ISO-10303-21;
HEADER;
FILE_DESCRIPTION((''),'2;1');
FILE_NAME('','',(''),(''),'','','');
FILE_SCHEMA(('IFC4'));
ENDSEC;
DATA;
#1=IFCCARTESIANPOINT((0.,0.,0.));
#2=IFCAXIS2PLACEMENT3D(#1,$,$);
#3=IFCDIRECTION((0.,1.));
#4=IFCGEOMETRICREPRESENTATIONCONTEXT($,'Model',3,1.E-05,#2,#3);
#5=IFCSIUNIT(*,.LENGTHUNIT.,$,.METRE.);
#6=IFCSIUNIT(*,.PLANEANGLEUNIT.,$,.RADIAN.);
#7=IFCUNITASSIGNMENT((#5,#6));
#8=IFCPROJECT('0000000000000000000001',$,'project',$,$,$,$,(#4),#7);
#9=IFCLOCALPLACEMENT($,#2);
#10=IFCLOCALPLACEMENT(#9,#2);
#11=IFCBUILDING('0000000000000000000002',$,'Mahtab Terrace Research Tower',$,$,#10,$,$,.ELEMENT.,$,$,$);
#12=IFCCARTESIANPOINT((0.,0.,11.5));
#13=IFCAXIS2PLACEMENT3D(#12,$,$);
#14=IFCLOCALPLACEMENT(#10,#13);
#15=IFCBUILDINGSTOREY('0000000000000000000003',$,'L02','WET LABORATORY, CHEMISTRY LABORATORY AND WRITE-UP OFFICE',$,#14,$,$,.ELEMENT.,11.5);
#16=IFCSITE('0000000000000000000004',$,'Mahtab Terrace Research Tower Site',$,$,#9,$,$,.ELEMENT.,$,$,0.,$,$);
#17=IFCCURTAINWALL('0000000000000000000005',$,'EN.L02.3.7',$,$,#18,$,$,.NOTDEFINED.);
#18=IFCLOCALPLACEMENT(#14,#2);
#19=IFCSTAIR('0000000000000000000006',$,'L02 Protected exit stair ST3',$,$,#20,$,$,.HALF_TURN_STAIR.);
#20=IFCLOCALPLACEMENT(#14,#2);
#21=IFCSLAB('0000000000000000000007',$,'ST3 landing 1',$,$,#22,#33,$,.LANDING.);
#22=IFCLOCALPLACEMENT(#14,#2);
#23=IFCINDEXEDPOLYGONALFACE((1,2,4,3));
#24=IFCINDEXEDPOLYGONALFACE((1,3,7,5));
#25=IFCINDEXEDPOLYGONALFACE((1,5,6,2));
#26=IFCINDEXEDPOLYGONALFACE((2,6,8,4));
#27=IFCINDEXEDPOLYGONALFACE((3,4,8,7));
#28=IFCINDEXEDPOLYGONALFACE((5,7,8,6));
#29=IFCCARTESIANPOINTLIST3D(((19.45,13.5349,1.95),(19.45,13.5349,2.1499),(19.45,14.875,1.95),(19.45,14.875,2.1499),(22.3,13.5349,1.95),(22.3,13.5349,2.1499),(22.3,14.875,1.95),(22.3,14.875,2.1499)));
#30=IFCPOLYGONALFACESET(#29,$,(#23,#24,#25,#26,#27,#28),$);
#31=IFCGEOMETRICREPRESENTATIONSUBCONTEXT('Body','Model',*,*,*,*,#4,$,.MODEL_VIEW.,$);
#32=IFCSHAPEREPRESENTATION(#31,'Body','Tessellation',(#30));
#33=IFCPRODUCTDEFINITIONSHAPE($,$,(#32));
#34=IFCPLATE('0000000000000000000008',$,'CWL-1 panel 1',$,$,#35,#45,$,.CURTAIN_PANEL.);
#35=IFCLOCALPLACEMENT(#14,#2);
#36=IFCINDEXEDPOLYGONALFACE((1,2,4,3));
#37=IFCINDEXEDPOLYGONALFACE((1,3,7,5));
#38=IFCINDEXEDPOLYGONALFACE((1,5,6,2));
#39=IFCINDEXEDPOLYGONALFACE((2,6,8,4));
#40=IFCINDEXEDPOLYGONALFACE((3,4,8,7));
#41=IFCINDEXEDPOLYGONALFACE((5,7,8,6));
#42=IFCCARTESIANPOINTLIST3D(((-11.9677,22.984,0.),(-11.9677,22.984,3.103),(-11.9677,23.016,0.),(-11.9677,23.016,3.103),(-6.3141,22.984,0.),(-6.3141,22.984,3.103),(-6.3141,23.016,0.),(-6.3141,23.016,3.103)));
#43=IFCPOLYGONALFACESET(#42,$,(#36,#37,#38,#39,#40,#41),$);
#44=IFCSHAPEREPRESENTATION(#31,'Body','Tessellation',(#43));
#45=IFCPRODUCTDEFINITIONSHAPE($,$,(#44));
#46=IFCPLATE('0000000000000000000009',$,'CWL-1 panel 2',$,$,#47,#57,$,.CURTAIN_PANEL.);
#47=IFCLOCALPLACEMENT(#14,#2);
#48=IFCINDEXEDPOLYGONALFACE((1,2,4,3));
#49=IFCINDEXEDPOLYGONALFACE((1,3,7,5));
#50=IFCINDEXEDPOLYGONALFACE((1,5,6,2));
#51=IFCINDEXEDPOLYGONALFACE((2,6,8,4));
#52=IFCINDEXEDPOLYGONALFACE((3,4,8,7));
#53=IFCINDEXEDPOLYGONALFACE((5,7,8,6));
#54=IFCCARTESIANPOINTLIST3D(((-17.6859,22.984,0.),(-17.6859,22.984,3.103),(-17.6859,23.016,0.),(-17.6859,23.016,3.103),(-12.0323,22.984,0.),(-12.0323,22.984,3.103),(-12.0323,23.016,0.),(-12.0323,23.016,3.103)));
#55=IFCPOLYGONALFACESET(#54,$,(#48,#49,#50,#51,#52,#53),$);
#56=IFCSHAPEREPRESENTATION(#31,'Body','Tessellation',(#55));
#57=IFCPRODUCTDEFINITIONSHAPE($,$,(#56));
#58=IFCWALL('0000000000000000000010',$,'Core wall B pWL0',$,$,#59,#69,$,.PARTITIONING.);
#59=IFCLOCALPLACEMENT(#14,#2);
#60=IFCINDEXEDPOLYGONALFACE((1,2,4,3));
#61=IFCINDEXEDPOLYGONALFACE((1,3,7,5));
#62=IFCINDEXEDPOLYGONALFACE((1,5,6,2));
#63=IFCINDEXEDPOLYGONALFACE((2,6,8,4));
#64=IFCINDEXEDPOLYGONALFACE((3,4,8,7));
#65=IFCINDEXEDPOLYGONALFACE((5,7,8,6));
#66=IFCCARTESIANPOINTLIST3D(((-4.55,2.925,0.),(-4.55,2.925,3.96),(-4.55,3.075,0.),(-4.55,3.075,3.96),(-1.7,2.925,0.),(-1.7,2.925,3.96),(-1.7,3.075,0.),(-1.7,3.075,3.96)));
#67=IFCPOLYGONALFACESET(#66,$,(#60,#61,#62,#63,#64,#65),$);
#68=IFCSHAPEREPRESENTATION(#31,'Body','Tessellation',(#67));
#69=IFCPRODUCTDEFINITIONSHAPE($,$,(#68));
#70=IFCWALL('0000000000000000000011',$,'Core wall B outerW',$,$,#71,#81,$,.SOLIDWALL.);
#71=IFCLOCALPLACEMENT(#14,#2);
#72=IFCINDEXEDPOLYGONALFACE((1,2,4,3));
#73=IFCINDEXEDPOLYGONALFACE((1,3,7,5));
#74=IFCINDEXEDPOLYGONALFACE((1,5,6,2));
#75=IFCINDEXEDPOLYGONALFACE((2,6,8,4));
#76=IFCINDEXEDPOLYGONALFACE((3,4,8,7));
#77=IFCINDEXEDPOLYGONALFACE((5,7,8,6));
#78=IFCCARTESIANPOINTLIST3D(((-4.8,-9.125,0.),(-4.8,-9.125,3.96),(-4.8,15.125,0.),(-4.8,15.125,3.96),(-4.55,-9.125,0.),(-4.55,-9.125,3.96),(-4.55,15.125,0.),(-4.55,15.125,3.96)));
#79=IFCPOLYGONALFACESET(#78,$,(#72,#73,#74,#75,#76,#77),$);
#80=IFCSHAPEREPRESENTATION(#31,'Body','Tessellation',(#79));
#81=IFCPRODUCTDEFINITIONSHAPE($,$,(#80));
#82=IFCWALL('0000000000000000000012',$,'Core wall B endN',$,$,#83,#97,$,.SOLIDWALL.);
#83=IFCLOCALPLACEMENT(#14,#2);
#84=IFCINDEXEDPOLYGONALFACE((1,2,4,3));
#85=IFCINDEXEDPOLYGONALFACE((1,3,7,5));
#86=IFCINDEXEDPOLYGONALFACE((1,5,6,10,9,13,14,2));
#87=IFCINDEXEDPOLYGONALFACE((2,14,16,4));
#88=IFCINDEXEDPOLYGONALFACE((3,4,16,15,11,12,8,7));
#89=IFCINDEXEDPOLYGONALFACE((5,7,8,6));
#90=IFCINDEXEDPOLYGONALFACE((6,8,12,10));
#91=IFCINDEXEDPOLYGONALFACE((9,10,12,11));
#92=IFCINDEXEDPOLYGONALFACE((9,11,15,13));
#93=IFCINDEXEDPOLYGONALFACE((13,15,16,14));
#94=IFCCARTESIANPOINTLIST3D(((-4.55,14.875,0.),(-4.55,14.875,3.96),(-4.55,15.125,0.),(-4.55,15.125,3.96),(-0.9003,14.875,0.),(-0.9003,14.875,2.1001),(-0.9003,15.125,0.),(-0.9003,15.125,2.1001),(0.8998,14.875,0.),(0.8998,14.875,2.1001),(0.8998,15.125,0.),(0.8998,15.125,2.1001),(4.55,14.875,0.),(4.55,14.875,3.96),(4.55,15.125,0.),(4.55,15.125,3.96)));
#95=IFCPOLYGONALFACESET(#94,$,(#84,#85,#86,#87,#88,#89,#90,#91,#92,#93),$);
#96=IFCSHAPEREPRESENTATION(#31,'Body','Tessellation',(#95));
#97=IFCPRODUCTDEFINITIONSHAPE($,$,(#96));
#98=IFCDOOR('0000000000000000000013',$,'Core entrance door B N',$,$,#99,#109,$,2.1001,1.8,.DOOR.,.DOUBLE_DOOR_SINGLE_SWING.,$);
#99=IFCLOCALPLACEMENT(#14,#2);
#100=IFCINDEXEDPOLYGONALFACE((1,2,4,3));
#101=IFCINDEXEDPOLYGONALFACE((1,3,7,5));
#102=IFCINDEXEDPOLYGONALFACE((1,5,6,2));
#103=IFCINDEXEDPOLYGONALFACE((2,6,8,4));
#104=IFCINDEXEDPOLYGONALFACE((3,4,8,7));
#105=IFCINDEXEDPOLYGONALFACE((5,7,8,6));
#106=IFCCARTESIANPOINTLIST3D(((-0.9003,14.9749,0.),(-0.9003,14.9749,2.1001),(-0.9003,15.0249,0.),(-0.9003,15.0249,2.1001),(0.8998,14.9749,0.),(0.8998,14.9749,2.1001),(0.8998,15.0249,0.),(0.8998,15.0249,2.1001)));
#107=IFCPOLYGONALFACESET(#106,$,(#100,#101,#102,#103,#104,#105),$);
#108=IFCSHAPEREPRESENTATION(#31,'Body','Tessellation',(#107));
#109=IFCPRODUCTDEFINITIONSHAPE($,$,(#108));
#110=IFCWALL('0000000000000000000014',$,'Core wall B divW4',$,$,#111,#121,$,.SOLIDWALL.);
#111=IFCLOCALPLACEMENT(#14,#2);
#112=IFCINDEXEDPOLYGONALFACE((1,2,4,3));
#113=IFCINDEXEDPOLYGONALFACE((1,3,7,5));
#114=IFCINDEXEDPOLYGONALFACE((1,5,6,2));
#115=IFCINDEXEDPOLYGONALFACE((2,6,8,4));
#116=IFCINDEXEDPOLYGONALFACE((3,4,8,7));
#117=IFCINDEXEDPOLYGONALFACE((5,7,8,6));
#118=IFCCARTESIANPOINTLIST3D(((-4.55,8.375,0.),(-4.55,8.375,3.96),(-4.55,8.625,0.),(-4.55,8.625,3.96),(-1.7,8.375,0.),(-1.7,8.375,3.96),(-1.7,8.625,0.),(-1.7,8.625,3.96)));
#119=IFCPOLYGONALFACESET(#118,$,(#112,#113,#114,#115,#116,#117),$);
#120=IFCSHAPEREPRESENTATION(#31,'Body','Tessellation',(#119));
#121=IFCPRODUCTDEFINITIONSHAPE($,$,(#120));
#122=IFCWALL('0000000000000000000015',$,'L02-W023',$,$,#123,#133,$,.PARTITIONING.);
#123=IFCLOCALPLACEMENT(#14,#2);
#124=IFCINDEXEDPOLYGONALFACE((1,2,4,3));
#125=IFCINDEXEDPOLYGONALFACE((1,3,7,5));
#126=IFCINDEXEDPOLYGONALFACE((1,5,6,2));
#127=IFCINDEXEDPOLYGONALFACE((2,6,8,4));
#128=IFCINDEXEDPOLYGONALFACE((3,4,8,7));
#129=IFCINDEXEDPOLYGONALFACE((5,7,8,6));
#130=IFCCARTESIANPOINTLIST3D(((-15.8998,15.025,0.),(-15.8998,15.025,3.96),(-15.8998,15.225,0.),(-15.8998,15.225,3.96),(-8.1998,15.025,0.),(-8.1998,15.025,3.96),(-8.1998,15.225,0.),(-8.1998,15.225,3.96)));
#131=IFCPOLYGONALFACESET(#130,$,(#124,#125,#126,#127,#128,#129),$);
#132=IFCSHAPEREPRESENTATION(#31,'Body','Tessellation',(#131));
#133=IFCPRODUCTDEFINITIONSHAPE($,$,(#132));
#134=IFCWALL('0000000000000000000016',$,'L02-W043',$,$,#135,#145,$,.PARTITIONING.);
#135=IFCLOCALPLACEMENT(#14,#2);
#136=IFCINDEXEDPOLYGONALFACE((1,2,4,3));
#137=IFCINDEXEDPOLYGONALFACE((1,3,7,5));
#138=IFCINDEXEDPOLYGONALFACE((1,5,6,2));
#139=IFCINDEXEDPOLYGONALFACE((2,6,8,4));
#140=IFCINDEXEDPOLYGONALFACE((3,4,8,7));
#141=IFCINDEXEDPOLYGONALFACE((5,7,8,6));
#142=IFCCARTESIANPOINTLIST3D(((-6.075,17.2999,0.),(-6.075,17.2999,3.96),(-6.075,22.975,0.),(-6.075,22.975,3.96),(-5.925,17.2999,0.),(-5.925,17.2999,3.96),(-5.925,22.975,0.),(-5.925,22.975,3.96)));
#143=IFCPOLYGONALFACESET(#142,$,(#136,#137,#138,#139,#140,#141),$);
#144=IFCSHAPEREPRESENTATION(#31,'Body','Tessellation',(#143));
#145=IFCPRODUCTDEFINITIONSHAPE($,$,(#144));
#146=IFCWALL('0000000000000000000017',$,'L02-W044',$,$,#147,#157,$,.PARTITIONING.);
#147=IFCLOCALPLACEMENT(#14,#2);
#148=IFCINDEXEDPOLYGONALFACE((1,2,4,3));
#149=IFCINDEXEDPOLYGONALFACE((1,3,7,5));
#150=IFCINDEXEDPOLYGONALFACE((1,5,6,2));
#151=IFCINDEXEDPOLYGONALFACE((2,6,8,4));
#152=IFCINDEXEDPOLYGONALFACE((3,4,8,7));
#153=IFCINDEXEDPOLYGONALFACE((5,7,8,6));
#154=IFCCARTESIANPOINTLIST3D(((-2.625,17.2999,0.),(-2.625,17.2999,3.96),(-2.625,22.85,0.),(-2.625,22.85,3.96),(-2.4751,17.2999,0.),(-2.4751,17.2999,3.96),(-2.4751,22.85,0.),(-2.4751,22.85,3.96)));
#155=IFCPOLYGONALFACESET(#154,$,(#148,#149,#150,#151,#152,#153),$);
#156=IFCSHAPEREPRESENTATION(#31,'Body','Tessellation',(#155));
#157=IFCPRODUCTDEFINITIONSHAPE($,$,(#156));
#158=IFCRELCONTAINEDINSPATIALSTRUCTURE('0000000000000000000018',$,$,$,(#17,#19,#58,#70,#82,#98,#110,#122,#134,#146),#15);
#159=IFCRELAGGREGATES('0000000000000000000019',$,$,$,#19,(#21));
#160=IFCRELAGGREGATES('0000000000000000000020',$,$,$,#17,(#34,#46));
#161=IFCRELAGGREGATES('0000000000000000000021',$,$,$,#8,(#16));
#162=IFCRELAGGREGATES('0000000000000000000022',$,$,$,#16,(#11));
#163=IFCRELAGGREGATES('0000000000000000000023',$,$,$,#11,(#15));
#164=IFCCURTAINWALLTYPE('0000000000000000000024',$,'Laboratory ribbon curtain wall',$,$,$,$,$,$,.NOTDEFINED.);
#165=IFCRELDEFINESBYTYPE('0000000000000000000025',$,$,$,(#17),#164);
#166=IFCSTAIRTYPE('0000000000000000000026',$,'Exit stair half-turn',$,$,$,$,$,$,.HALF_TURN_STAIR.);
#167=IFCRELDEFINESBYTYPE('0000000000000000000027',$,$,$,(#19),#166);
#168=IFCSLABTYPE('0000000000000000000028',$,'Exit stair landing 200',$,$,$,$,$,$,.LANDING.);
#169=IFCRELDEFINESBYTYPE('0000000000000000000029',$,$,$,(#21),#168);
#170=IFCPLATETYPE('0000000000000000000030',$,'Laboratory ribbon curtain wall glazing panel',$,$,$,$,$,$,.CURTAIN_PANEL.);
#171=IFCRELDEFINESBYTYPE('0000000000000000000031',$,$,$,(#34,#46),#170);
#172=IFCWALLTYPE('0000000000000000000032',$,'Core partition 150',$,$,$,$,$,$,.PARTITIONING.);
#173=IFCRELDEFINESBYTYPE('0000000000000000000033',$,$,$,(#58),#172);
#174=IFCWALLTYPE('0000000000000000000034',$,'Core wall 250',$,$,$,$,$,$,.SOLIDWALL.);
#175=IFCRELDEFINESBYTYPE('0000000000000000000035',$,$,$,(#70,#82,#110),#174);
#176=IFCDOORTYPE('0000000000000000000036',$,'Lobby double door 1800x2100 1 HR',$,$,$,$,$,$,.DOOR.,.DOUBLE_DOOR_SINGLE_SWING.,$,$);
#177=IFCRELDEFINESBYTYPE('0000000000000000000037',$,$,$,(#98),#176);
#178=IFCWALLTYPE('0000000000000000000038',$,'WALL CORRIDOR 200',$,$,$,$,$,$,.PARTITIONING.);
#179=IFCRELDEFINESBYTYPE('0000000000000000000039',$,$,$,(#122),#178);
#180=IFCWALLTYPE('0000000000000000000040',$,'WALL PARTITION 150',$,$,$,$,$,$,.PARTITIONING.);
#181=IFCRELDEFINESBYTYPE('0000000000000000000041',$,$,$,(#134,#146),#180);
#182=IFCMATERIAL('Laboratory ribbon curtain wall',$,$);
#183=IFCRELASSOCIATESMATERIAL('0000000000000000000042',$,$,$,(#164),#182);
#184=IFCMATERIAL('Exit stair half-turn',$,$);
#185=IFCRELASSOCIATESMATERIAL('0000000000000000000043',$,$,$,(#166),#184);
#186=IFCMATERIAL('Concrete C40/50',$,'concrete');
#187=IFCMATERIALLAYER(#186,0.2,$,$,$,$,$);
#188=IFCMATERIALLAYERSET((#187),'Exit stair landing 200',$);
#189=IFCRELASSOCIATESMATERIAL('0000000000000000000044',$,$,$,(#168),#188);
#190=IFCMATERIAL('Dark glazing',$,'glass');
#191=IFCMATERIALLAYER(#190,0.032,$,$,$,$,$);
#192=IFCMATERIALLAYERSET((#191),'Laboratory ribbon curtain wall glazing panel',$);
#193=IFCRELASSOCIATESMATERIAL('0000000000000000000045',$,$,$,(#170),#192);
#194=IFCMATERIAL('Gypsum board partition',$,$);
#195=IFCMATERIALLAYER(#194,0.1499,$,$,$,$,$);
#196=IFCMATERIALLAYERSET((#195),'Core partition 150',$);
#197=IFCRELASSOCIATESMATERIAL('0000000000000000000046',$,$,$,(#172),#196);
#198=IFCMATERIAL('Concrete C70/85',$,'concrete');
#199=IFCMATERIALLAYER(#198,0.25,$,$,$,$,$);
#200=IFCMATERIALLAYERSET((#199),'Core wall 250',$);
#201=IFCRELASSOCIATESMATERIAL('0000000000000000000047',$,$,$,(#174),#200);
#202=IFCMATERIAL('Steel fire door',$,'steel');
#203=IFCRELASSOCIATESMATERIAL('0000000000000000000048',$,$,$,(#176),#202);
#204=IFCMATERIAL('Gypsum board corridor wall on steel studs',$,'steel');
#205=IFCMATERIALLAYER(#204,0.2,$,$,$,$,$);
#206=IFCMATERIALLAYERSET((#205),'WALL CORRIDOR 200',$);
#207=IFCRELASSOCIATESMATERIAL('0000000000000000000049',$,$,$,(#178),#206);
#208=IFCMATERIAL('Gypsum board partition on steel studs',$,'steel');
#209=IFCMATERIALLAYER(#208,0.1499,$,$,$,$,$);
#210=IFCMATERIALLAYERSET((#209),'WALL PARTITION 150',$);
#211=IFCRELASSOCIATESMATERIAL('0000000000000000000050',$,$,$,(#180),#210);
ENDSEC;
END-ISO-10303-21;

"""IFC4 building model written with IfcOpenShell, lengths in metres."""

from ifc_helpers import new_model, si_unit, direction, frame, frame_2d, origin, origin_2d, place, context, subcontext, project, spatial, polyline, rectangle, outline, extrude, material, layer, layer_set, type_object, element, fill, aggregate, save


model = new_model("IFC4")

# Units and contexts
model_context = context("Model", 3, precision=1e-05, world=origin(), true_north=direction((0.0, 1.0)))
body_context = subcontext(model_context, "Body", "Model", "MODEL_VIEW")
ifc_project = project(units=[si_unit("LENGTHUNIT", "METRE"), si_unit("PLANEANGLEUNIT", "RADIAN")], contexts=[model_context])

# Site, building, storey
site_placement = place(None, origin())
site = spatial("IfcSite", under=ifc_project, at=site_placement, Name="Mahtab Terrace Research Tower Site", CompositionType="ELEMENT", RefElevation=0.0)
building_placement = place(site_placement, origin())
building = spatial("IfcBuilding", under=site, at=building_placement, Name="Mahtab Terrace Research Tower", CompositionType="ELEMENT")
storey_placement = place(building_placement, frame((0.0, 0.0, 11.5)))
storey = spatial("IfcBuildingStorey", under=building, at=storey_placement, Name="L02", Description="WET LABORATORY, CHEMISTRY LABORATORY AND WRITE-UP OFFICE", CompositionType="ELEMENT", Elevation=11.5)

# Shared definitions
ifc_material_1 = material(Name="Concrete C70/85", Category="concrete")

# Curtain wall
ifc_material_2 = material(Name="Laboratory ribbon curtain wall")
curtain_wall_type = type_object("IfcCurtainWallType", Name="Laboratory ribbon curtain wall", PredefinedType="NOTDEFINED", material=ifc_material_2)
curtain_wall_placement = place(storey_placement, origin())
curtain_wall = element("IfcCurtainWall", 1, at=curtain_wall_placement, inside=storey, type_object=curtain_wall_type, Name="EN.L02.3.7", PredefinedType="NOTDEFINED")

# Stair, slab
ifc_material_3 = material(Name="Exit stair half-turn")
stair_type = type_object("IfcStairType", Name="Exit stair half-turn", PredefinedType="HALF_TURN_STAIR", material=ifc_material_3)
ifc_material_4 = material(Name="Concrete C40/50", Category="concrete")
ifc_layer_1 = layer(ifc_material_4, 0.2)
ifc_layer_set_1 = layer_set([ifc_layer_1], Name="Exit stair landing 200")
slab_type = type_object("IfcSlabType", Name="Exit stair landing 200", PredefinedType="LANDING", material=ifc_layer_set_1)
stair_1_placement = place(storey_placement, origin())
stair_1 = element("IfcStair", 2, at=stair_1_placement, inside=storey, type_object=stair_type, Name="L02 Protected exit stair ST3", PredefinedType="HALF_TURN_STAIR")
slab_1_placement = place(storey_placement, frame((0.0, 0.0, 1.95)))
slab_1 = element("IfcSlab", 3, at=slab_1_placement, type_object=slab_type, Name="ST3 landing 1", PredefinedType="LANDING", context=body_context, shape_type="SweptSolid", body=[
    extrude(outline(polyline([(22.3, 13.5349), (22.3, 14.875), (19.45, 14.875), (19.45, 13.5349), (22.3, 13.5349)])), origin(), (0.0, 0.0, 1.0), 0.2),
])
aggregate(stair_1, [slab_1])

# Plates
ifc_material_5 = material(Name="Dark glazing", Category="glass")
ifc_layer_2 = layer(ifc_material_5, 0.032)
ifc_layer_set_2 = layer_set([ifc_layer_2], Name="Laboratory ribbon curtain wall glazing panel")
plate_type = type_object("IfcPlateType", Name="Laboratory ribbon curtain wall glazing panel", PredefinedType="CURTAIN_PANEL", material=ifc_layer_set_2)
plate_1_placement = place(storey_placement, frame((-9.1409, 23.0, 0.0), z_axis=(0.0, 0.0, 1.0), x_axis=(-1.0, 0.0, 0.0)))
plate_1 = element("IfcPlate", 4, at=plate_1_placement, type_object=plate_type, Name="CWL-1 panel 1", PredefinedType="CURTAIN_PANEL", context=body_context, shape_type="SweptSolid", body=[
    extrude(rectangle(XDim=5.6536, YDim=0.032, at=origin_2d()), origin(), (0.0, 0.0, 1.0), 3.103),
])
plate_2_placement = place(storey_placement, frame((-14.8591, 23.0, 0.0), z_axis=(0.0, 0.0, 1.0), x_axis=(-1.0, 0.0, 0.0)))
plate_2 = element("IfcPlate", 5, at=plate_2_placement, type_object=plate_type, Name="CWL-1 panel 2", PredefinedType="CURTAIN_PANEL", context=body_context, shape_type="SweptSolid", body=[
    extrude(rectangle(XDim=5.6536, YDim=0.032, at=origin_2d()), origin(), (0.0, 0.0, 1.0), 3.103),
])
aggregate(curtain_wall, [plate_1, plate_2])

# Walls
ifc_material_6 = material(Name="Gypsum board partition")
ifc_layer_3 = layer(ifc_material_6, 0.1499)
ifc_layer_set_3 = layer_set([ifc_layer_3], Name="Core partition 150")
wall_type_1 = type_object("IfcWallType", Name="Core partition 150", PredefinedType="PARTITIONING", material=ifc_layer_set_3)
wall_1_placement = place(storey_placement, frame((-4.55, 3.0, 0.0), z_axis=(0.0, 0.0, 1.0), x_axis=(1.0, 0.0, 0.0)))
element("IfcWall", 6, at=wall_1_placement, inside=storey, type_object=wall_type_1, Name="Core wall B pWL0", PredefinedType="PARTITIONING", context=body_context, shape_type="SweptSolid", body=[
    extrude(rectangle(XDim=2.8501, YDim=0.1499, at=frame_2d((1.425, 0.0))), origin(), (0.0, 0.0, 1.0), 3.96),
])
ifc_layer_4 = layer(ifc_material_1, 0.25)
ifc_layer_set_4 = layer_set([ifc_layer_4], Name="Core wall 250")
wall_type_2 = type_object("IfcWallType", Name="Core wall 250", PredefinedType="SOLIDWALL", material=ifc_layer_set_4)
wall_2_placement = place(storey_placement, frame((-4.675, 15.125, 0.0), z_axis=(0.0, 0.0, 1.0), x_axis=(0.0, -1.0, 0.0)))
element("IfcWall", 7, at=wall_2_placement, inside=storey, type_object=wall_type_2, Name="Core wall B outerW", PredefinedType="SOLIDWALL", context=body_context, shape_type="SweptSolid", body=[
    extrude(rectangle(XDim=24.25, YDim=0.25, at=frame_2d((12.125, 0.0))), origin(), (0.0, 0.0, 1.0), 3.96),
])

# Wall, opening, door
wall_3_placement = place(storey_placement, frame((-4.55, 15.0, 0.0), z_axis=(0.0, 0.0, 1.0), x_axis=(1.0, 0.0, 0.0)))
wall_3 = element("IfcWall", 8, at=wall_3_placement, inside=storey, type_object=wall_type_2, Name="Core wall B endN", PredefinedType="SOLIDWALL", context=body_context, shape_type="SweptSolid", body=[
    extrude(rectangle(XDim=9.1001, YDim=0.25, at=frame_2d((4.55, 0.0))), origin(), (0.0, 0.0, 1.0), 3.96),
])
opening_placement = place(wall_3_placement, frame((3.6499, 0.0, 0.0)))
opening = element("IfcOpeningElement", 9, at=opening_placement, cuts=wall_3, PredefinedType="OPENING", context=body_context, shape_type="SweptSolid", body=[
    extrude(rectangle(XDim=1.8, YDim=2.1001, at=frame_2d((0.8999, 1.05))), frame((0.0, 0.135, 0.0), z_axis=(0.0, -1.0, 0.0), x_axis=(1.0, 0.0, 0.0)), (0.0, 0.0, 1.0), 0.27),
])
ifc_material_7 = material(Name="Steel fire door", Category="steel")
door_type = type_object("IfcDoorType", Name="Lobby double door 1800x2100 1 HR", OperationType="DOUBLE_DOOR_SINGLE_SWING", PredefinedType="DOOR", material=ifc_material_7)
door_placement = place(opening_placement, origin())
door = element("IfcDoor", 10, at=door_placement, inside=storey, type_object=door_type, Name="Core entrance door B N", OperationType="DOUBLE_DOOR_SINGLE_SWING", OverallHeight=2.1001, OverallWidth=1.8, PredefinedType="DOOR", context=body_context, shape_type="SweptSolid", body=[
    extrude(rectangle(XDim=1.8, YDim=2.1001, at=frame_2d((0.8999, 1.05))), frame((0.0, 0.0249, 0.0), z_axis=(0.0, -1.0, 0.0), x_axis=(1.0, 0.0, 0.0)), (0.0, 0.0, 1.0), 0.05),
])
fill(opening, door)

# Walls
wall_4_placement = place(storey_placement, frame((-4.55, 8.5, 0.0), z_axis=(0.0, 0.0, 1.0), x_axis=(1.0, 0.0, 0.0)))
element("IfcWall", 11, at=wall_4_placement, inside=storey, type_object=wall_type_2, Name="Core wall B divW4", PredefinedType="SOLIDWALL", context=body_context, shape_type="SweptSolid", body=[
    extrude(rectangle(XDim=2.8501, YDim=0.25, at=frame_2d((1.425, 0.0))), origin(), (0.0, 0.0, 1.0), 3.96),
])
ifc_material_8 = material(Name="Gypsum board corridor wall on steel studs", Category="steel")
ifc_layer_5 = layer(ifc_material_8, 0.2)
ifc_layer_set_5 = layer_set([ifc_layer_5], Name="WALL CORRIDOR 200")
wall_type_3 = type_object("IfcWallType", Name="WALL CORRIDOR 200", PredefinedType="PARTITIONING", material=ifc_layer_set_5)
wall_5_placement = place(storey_placement, frame((-15.8999, 15.125, 0.0), z_axis=(0.0, 0.0, 1.0), x_axis=(1.0, 0.0, 0.0)))
element("IfcWall", 12, at=wall_5_placement, inside=storey, type_object=wall_type_3, Name="L02-W023", PredefinedType="PARTITIONING", context=body_context, shape_type="SweptSolid", body=[
    extrude(rectangle(XDim=7.7, YDim=0.2, at=frame_2d((3.8501, 0.0))), origin(), (0.0, 0.0, 1.0), 3.96),
])
ifc_material_9 = material(Name="Gypsum board partition on steel studs", Category="steel")
ifc_layer_6 = layer(ifc_material_9, 0.1499)
ifc_layer_set_6 = layer_set([ifc_layer_6], Name="WALL PARTITION 150")
wall_type_4 = type_object("IfcWallType", Name="WALL PARTITION 150", PredefinedType="PARTITIONING", material=ifc_layer_set_6)
wall_6_placement = place(storey_placement, frame((-6.0, 17.3, 0.0), z_axis=(0.0, 0.0, 1.0), x_axis=(0.0, 1.0, 0.0)))
element("IfcWall", 13, at=wall_6_placement, inside=storey, type_object=wall_type_4, Name="L02-W043", PredefinedType="PARTITIONING", context=body_context, shape_type="SweptSolid", body=[
    extrude(rectangle(XDim=5.675, YDim=0.1499, at=frame_2d((2.8374, 0.0))), origin(), (0.0, 0.0, 1.0), 3.96),
])
wall_7_placement = place(storey_placement, frame((-2.55, 17.3, 0.0), z_axis=(0.0, 0.0, 1.0), x_axis=(0.0, 1.0, 0.0)))
element("IfcWall", 14, at=wall_7_placement, inside=storey, type_object=wall_type_4, Name="L02-W044", PredefinedType="PARTITIONING", context=body_context, shape_type="SweptSolid", body=[
    extrude(rectangle(XDim=5.55, YDim=0.1499, at=frame_2d((2.7749, 0.0))), origin(), (0.0, 0.0, 1.0), 3.96),
])

save(model, "model.ifc")
